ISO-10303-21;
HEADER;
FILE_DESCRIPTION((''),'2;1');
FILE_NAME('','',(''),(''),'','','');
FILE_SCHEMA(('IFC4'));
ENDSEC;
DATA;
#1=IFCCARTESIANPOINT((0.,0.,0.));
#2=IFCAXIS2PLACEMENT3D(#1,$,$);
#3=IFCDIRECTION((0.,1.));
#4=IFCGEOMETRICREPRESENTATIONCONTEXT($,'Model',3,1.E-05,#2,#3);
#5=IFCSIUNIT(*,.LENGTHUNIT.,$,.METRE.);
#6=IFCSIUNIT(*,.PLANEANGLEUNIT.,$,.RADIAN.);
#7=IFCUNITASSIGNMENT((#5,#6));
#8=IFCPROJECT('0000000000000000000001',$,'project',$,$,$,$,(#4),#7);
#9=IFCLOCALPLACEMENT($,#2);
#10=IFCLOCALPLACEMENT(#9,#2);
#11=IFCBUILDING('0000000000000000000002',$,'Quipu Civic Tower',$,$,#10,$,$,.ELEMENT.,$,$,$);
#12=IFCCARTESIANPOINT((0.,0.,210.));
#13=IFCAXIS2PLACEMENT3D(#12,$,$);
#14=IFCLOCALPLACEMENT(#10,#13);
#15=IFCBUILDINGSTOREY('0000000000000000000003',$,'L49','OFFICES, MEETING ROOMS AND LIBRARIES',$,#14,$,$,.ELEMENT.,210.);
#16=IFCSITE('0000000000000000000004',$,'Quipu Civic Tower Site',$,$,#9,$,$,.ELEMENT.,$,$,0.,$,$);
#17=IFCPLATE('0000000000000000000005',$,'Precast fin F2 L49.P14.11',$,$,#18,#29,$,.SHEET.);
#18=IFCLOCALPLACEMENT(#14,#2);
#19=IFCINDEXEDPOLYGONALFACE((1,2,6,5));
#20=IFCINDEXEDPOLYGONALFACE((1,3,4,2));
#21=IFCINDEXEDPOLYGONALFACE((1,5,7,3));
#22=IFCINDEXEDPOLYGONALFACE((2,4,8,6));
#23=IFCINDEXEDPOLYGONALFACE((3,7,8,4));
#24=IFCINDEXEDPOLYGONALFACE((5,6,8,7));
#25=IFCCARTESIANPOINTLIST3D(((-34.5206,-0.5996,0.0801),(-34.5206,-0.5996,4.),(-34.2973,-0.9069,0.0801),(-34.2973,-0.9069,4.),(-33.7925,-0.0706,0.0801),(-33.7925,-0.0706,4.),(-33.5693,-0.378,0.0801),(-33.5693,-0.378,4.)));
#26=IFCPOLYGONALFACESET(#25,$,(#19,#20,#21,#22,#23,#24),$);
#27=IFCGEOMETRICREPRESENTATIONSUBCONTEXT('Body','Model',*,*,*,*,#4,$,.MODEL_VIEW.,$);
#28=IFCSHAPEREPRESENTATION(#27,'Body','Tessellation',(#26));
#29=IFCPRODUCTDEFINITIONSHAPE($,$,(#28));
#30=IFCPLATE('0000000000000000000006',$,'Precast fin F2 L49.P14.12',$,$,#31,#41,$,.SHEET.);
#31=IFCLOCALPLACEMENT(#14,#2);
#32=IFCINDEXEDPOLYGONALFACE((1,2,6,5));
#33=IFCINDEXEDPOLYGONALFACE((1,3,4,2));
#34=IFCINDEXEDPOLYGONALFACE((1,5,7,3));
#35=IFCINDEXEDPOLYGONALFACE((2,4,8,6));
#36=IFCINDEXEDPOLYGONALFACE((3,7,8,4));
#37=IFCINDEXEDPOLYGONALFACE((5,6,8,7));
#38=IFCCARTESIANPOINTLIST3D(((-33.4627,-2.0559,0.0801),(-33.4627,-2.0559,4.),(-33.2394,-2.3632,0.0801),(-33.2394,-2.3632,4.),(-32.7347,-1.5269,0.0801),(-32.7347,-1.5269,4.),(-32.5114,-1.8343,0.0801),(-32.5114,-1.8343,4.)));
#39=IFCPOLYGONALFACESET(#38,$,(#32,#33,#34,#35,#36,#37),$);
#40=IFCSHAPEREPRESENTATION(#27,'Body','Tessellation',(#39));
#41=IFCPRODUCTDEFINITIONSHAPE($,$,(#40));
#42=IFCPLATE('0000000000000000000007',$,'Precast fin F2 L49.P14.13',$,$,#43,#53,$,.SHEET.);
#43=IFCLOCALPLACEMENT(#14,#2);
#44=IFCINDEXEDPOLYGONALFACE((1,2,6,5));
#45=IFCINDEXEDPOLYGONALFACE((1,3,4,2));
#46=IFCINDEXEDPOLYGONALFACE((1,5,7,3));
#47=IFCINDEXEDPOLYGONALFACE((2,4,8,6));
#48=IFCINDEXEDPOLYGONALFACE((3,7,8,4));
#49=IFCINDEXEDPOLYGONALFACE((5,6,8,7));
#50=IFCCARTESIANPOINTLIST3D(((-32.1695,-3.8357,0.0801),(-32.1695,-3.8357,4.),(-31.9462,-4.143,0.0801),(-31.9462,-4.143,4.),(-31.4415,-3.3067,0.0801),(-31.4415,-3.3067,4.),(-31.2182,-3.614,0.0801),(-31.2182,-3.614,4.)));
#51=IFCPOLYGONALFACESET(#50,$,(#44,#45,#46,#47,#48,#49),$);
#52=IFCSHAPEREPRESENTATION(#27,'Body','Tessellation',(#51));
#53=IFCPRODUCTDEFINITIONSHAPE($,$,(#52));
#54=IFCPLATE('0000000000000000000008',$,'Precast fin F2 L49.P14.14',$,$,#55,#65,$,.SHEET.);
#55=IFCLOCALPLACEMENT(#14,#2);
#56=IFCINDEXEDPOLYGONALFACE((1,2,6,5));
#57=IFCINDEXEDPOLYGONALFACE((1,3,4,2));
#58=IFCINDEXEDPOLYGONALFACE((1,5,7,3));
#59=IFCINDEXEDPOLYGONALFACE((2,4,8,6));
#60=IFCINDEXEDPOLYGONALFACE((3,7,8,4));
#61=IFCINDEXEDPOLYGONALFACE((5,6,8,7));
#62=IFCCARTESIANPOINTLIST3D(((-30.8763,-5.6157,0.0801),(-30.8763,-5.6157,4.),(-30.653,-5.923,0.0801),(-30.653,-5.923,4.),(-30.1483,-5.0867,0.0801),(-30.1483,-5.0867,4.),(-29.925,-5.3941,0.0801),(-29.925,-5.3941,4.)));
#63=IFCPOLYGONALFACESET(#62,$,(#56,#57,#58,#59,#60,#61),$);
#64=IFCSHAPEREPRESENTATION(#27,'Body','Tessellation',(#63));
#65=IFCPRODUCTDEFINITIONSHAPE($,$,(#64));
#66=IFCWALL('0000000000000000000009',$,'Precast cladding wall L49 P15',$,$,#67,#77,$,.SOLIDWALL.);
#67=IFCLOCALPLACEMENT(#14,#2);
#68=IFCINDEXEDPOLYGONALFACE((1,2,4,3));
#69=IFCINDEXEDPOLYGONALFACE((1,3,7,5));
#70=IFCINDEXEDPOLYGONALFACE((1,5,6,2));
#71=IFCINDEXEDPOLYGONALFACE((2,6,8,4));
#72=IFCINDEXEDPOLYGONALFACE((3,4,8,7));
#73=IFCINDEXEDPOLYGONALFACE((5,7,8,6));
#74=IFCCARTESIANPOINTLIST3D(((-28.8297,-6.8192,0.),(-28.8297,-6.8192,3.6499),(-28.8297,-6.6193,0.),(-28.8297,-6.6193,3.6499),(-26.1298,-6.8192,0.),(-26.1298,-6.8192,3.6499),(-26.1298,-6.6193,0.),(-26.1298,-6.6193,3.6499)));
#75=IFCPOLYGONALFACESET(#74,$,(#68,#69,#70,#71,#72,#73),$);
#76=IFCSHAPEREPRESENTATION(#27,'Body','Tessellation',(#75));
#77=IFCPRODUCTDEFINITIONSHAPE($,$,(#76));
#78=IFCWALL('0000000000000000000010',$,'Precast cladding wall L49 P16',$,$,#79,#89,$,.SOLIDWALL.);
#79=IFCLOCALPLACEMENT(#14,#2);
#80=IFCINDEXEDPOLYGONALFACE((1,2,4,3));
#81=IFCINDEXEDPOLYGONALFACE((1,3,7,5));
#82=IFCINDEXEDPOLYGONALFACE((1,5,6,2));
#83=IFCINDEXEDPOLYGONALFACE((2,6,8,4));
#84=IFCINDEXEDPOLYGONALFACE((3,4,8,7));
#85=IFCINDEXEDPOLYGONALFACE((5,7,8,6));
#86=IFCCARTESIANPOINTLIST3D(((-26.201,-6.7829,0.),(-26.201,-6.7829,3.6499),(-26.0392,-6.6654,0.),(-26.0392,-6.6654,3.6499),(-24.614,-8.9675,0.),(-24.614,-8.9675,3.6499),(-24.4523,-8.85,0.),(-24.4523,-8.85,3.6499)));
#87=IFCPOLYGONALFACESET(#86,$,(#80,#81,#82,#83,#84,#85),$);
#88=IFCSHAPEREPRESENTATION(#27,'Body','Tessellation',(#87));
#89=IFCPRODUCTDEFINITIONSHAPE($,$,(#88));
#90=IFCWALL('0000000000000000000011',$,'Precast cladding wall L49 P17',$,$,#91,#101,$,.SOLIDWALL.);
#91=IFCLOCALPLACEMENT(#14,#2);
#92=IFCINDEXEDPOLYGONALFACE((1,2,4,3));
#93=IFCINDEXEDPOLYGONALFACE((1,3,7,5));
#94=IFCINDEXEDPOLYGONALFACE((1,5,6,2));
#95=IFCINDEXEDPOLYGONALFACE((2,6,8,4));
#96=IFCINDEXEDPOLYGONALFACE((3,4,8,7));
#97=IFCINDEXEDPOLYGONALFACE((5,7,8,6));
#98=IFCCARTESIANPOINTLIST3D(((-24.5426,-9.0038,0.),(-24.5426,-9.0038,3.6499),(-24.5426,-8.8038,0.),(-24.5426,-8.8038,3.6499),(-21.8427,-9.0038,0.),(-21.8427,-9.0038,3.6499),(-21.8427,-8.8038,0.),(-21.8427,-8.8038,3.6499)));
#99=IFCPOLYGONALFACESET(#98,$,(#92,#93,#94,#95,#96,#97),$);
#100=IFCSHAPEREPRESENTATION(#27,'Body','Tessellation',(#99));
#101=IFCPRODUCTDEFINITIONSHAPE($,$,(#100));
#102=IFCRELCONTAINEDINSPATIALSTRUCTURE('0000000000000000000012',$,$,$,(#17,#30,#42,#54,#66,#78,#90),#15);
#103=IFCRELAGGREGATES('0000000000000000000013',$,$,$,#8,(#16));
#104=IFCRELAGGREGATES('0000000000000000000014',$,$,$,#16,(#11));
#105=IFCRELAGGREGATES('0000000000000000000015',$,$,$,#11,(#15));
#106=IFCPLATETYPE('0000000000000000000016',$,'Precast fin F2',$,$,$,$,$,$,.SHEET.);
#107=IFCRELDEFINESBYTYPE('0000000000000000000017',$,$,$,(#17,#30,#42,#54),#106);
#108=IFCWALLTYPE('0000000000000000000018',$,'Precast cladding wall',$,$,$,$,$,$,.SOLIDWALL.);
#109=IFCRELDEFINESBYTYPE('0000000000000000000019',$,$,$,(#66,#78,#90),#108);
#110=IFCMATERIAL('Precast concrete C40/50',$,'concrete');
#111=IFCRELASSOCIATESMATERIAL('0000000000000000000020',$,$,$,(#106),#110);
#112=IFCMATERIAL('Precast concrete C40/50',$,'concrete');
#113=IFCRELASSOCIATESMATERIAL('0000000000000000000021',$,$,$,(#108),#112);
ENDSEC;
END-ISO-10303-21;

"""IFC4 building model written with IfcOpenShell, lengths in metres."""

from ifc_helpers import new_model, si_unit, direction, frame, frame_2d, origin, origin_2d, place, context, subcontext, project, spatial, rectangle, extrude, material, type_object, element, save


model = new_model("IFC4")

# Units and contexts
model_context = context("Model", 3, precision=1e-05, world=origin(), true_north=direction((0.0, 1.0)))
body_context = subcontext(model_context, "Body", "Model", "MODEL_VIEW")
ifc_project = project(units=[si_unit("LENGTHUNIT", "METRE"), si_unit("PLANEANGLEUNIT", "RADIAN")], contexts=[model_context])

# Site, building, storey
site_placement = place(None, origin())
site = spatial("IfcSite", under=ifc_project, at=site_placement, Name="Quipu Civic Tower Site", CompositionType="ELEMENT", RefElevation=0.0)
building_placement = place(site_placement, origin())
building = spatial("IfcBuilding", under=site, at=building_placement, Name="Quipu Civic Tower", CompositionType="ELEMENT")
storey_placement = place(building_placement, frame((0.0, 0.0, 210.0)))
storey = spatial("IfcBuildingStorey", under=building, at=storey_placement, Name="L49", Description="OFFICES, MEETING ROOMS AND LIBRARIES", CompositionType="ELEMENT", Elevation=210.0)

# Plates
ifc_material_1 = material(Name="Precast concrete C40/50", Category="concrete")
plate_type_1 = type_object("IfcPlateType", Name="Precast fin F2", PredefinedType="SHEET", material=ifc_material_1)
for number, where, z_axis, x_axis, name in (
    (1, (-34.0449, -0.4888, 0.0801), (0.0, 0.0, 1.0), (0.587786, -0.809017, 0.0), "Precast fin F2 L49.P14.11"),
    (2, (-32.9871, -1.9451, 0.0801), (0.0, 0.0, 1.0), (0.587786, -0.809017, 0.0), "Precast fin F2 L49.P14.12"),
    (3, (-31.6938, -3.7249, 0.0801), (0.0, 0.0, 1.0), (0.587786, -0.809017, 0.0), "Precast fin F2 L49.P14.13"),
    (4, (-30.4006, -5.5049, 0.0801), (0.0, 0.0, 1.0), (0.587786, -0.809017, 0.0), "Precast fin F2 L49.P14.14"),
):
    element("IfcPlate", number, at=place(storey_placement, frame(where, z_axis=z_axis, x_axis=x_axis)), inside=storey, type_object=plate_type_1, Name=name, PredefinedType="SHEET", context=body_context, shape_type="SweptSolid", body=[
        extrude(rectangle(XDim=0.3799, YDim=0.8999, at=origin_2d()), origin(), (0.0, 0.0, 1.0), 3.9199),
    ])

# Walls
ifc_material_2 = material(Name="Precast concrete C40/50", Category="concrete")
wall_type = type_object("IfcWallType", Name="Precast cladding wall", PredefinedType="SOLIDWALL", material=ifc_material_2)
wall_1_placement = place(storey_placement, frame((-28.8298, -6.7192, 0.0), z_axis=(0.0, 0.0, 1.0), x_axis=(1.0, 0.0, 0.0)))
element("IfcWall", 5, at=wall_1_placement, inside=storey, type_object=wall_type, Name="Precast cladding wall L49 P15", PredefinedType="SOLIDWALL", context=body_context, shape_type="SweptSolid", body=[
    extrude(rectangle(XDim=2.7, YDim=0.2, at=frame_2d((1.3501, 0.0))), origin(), (0.0, 0.0, 1.0), 3.6499),
])
wall_2_placement = place(storey_placement, frame((-26.1201, -6.7241, 0.0), z_axis=(0.0, 0.0, 1.0), x_axis=(0.58772, -0.809064, 0.0)))
element("IfcWall", 6, at=wall_2_placement, inside=storey, type_object=wall_type, Name="Precast cladding wall L49 P16", PredefinedType="SOLIDWALL", context=body_context, shape_type="SweptSolid", body=[
    extrude(rectangle(XDim=2.7002, YDim=0.2, at=frame_2d((1.3501, 0.0))), origin(), (0.0, 0.0, 1.0), 3.6499),
])
wall_3_placement = place(storey_placement, frame((-24.5427, -8.9038, 0.0), z_axis=(0.0, 0.0, 1.0), x_axis=(1.0, 0.0, 0.0)))
element("IfcWall", 7, at=wall_3_placement, inside=storey, type_object=wall_type, Name="Precast cladding wall L49 P17", PredefinedType="SOLIDWALL", context=body_context, shape_type="SweptSolid", body=[
    extrude(rectangle(XDim=2.7, YDim=0.2, at=frame_2d((1.3501, 0.0))), origin(), (0.0, 0.0, 1.0), 3.6499),
])

save(model, "model.ifc")
